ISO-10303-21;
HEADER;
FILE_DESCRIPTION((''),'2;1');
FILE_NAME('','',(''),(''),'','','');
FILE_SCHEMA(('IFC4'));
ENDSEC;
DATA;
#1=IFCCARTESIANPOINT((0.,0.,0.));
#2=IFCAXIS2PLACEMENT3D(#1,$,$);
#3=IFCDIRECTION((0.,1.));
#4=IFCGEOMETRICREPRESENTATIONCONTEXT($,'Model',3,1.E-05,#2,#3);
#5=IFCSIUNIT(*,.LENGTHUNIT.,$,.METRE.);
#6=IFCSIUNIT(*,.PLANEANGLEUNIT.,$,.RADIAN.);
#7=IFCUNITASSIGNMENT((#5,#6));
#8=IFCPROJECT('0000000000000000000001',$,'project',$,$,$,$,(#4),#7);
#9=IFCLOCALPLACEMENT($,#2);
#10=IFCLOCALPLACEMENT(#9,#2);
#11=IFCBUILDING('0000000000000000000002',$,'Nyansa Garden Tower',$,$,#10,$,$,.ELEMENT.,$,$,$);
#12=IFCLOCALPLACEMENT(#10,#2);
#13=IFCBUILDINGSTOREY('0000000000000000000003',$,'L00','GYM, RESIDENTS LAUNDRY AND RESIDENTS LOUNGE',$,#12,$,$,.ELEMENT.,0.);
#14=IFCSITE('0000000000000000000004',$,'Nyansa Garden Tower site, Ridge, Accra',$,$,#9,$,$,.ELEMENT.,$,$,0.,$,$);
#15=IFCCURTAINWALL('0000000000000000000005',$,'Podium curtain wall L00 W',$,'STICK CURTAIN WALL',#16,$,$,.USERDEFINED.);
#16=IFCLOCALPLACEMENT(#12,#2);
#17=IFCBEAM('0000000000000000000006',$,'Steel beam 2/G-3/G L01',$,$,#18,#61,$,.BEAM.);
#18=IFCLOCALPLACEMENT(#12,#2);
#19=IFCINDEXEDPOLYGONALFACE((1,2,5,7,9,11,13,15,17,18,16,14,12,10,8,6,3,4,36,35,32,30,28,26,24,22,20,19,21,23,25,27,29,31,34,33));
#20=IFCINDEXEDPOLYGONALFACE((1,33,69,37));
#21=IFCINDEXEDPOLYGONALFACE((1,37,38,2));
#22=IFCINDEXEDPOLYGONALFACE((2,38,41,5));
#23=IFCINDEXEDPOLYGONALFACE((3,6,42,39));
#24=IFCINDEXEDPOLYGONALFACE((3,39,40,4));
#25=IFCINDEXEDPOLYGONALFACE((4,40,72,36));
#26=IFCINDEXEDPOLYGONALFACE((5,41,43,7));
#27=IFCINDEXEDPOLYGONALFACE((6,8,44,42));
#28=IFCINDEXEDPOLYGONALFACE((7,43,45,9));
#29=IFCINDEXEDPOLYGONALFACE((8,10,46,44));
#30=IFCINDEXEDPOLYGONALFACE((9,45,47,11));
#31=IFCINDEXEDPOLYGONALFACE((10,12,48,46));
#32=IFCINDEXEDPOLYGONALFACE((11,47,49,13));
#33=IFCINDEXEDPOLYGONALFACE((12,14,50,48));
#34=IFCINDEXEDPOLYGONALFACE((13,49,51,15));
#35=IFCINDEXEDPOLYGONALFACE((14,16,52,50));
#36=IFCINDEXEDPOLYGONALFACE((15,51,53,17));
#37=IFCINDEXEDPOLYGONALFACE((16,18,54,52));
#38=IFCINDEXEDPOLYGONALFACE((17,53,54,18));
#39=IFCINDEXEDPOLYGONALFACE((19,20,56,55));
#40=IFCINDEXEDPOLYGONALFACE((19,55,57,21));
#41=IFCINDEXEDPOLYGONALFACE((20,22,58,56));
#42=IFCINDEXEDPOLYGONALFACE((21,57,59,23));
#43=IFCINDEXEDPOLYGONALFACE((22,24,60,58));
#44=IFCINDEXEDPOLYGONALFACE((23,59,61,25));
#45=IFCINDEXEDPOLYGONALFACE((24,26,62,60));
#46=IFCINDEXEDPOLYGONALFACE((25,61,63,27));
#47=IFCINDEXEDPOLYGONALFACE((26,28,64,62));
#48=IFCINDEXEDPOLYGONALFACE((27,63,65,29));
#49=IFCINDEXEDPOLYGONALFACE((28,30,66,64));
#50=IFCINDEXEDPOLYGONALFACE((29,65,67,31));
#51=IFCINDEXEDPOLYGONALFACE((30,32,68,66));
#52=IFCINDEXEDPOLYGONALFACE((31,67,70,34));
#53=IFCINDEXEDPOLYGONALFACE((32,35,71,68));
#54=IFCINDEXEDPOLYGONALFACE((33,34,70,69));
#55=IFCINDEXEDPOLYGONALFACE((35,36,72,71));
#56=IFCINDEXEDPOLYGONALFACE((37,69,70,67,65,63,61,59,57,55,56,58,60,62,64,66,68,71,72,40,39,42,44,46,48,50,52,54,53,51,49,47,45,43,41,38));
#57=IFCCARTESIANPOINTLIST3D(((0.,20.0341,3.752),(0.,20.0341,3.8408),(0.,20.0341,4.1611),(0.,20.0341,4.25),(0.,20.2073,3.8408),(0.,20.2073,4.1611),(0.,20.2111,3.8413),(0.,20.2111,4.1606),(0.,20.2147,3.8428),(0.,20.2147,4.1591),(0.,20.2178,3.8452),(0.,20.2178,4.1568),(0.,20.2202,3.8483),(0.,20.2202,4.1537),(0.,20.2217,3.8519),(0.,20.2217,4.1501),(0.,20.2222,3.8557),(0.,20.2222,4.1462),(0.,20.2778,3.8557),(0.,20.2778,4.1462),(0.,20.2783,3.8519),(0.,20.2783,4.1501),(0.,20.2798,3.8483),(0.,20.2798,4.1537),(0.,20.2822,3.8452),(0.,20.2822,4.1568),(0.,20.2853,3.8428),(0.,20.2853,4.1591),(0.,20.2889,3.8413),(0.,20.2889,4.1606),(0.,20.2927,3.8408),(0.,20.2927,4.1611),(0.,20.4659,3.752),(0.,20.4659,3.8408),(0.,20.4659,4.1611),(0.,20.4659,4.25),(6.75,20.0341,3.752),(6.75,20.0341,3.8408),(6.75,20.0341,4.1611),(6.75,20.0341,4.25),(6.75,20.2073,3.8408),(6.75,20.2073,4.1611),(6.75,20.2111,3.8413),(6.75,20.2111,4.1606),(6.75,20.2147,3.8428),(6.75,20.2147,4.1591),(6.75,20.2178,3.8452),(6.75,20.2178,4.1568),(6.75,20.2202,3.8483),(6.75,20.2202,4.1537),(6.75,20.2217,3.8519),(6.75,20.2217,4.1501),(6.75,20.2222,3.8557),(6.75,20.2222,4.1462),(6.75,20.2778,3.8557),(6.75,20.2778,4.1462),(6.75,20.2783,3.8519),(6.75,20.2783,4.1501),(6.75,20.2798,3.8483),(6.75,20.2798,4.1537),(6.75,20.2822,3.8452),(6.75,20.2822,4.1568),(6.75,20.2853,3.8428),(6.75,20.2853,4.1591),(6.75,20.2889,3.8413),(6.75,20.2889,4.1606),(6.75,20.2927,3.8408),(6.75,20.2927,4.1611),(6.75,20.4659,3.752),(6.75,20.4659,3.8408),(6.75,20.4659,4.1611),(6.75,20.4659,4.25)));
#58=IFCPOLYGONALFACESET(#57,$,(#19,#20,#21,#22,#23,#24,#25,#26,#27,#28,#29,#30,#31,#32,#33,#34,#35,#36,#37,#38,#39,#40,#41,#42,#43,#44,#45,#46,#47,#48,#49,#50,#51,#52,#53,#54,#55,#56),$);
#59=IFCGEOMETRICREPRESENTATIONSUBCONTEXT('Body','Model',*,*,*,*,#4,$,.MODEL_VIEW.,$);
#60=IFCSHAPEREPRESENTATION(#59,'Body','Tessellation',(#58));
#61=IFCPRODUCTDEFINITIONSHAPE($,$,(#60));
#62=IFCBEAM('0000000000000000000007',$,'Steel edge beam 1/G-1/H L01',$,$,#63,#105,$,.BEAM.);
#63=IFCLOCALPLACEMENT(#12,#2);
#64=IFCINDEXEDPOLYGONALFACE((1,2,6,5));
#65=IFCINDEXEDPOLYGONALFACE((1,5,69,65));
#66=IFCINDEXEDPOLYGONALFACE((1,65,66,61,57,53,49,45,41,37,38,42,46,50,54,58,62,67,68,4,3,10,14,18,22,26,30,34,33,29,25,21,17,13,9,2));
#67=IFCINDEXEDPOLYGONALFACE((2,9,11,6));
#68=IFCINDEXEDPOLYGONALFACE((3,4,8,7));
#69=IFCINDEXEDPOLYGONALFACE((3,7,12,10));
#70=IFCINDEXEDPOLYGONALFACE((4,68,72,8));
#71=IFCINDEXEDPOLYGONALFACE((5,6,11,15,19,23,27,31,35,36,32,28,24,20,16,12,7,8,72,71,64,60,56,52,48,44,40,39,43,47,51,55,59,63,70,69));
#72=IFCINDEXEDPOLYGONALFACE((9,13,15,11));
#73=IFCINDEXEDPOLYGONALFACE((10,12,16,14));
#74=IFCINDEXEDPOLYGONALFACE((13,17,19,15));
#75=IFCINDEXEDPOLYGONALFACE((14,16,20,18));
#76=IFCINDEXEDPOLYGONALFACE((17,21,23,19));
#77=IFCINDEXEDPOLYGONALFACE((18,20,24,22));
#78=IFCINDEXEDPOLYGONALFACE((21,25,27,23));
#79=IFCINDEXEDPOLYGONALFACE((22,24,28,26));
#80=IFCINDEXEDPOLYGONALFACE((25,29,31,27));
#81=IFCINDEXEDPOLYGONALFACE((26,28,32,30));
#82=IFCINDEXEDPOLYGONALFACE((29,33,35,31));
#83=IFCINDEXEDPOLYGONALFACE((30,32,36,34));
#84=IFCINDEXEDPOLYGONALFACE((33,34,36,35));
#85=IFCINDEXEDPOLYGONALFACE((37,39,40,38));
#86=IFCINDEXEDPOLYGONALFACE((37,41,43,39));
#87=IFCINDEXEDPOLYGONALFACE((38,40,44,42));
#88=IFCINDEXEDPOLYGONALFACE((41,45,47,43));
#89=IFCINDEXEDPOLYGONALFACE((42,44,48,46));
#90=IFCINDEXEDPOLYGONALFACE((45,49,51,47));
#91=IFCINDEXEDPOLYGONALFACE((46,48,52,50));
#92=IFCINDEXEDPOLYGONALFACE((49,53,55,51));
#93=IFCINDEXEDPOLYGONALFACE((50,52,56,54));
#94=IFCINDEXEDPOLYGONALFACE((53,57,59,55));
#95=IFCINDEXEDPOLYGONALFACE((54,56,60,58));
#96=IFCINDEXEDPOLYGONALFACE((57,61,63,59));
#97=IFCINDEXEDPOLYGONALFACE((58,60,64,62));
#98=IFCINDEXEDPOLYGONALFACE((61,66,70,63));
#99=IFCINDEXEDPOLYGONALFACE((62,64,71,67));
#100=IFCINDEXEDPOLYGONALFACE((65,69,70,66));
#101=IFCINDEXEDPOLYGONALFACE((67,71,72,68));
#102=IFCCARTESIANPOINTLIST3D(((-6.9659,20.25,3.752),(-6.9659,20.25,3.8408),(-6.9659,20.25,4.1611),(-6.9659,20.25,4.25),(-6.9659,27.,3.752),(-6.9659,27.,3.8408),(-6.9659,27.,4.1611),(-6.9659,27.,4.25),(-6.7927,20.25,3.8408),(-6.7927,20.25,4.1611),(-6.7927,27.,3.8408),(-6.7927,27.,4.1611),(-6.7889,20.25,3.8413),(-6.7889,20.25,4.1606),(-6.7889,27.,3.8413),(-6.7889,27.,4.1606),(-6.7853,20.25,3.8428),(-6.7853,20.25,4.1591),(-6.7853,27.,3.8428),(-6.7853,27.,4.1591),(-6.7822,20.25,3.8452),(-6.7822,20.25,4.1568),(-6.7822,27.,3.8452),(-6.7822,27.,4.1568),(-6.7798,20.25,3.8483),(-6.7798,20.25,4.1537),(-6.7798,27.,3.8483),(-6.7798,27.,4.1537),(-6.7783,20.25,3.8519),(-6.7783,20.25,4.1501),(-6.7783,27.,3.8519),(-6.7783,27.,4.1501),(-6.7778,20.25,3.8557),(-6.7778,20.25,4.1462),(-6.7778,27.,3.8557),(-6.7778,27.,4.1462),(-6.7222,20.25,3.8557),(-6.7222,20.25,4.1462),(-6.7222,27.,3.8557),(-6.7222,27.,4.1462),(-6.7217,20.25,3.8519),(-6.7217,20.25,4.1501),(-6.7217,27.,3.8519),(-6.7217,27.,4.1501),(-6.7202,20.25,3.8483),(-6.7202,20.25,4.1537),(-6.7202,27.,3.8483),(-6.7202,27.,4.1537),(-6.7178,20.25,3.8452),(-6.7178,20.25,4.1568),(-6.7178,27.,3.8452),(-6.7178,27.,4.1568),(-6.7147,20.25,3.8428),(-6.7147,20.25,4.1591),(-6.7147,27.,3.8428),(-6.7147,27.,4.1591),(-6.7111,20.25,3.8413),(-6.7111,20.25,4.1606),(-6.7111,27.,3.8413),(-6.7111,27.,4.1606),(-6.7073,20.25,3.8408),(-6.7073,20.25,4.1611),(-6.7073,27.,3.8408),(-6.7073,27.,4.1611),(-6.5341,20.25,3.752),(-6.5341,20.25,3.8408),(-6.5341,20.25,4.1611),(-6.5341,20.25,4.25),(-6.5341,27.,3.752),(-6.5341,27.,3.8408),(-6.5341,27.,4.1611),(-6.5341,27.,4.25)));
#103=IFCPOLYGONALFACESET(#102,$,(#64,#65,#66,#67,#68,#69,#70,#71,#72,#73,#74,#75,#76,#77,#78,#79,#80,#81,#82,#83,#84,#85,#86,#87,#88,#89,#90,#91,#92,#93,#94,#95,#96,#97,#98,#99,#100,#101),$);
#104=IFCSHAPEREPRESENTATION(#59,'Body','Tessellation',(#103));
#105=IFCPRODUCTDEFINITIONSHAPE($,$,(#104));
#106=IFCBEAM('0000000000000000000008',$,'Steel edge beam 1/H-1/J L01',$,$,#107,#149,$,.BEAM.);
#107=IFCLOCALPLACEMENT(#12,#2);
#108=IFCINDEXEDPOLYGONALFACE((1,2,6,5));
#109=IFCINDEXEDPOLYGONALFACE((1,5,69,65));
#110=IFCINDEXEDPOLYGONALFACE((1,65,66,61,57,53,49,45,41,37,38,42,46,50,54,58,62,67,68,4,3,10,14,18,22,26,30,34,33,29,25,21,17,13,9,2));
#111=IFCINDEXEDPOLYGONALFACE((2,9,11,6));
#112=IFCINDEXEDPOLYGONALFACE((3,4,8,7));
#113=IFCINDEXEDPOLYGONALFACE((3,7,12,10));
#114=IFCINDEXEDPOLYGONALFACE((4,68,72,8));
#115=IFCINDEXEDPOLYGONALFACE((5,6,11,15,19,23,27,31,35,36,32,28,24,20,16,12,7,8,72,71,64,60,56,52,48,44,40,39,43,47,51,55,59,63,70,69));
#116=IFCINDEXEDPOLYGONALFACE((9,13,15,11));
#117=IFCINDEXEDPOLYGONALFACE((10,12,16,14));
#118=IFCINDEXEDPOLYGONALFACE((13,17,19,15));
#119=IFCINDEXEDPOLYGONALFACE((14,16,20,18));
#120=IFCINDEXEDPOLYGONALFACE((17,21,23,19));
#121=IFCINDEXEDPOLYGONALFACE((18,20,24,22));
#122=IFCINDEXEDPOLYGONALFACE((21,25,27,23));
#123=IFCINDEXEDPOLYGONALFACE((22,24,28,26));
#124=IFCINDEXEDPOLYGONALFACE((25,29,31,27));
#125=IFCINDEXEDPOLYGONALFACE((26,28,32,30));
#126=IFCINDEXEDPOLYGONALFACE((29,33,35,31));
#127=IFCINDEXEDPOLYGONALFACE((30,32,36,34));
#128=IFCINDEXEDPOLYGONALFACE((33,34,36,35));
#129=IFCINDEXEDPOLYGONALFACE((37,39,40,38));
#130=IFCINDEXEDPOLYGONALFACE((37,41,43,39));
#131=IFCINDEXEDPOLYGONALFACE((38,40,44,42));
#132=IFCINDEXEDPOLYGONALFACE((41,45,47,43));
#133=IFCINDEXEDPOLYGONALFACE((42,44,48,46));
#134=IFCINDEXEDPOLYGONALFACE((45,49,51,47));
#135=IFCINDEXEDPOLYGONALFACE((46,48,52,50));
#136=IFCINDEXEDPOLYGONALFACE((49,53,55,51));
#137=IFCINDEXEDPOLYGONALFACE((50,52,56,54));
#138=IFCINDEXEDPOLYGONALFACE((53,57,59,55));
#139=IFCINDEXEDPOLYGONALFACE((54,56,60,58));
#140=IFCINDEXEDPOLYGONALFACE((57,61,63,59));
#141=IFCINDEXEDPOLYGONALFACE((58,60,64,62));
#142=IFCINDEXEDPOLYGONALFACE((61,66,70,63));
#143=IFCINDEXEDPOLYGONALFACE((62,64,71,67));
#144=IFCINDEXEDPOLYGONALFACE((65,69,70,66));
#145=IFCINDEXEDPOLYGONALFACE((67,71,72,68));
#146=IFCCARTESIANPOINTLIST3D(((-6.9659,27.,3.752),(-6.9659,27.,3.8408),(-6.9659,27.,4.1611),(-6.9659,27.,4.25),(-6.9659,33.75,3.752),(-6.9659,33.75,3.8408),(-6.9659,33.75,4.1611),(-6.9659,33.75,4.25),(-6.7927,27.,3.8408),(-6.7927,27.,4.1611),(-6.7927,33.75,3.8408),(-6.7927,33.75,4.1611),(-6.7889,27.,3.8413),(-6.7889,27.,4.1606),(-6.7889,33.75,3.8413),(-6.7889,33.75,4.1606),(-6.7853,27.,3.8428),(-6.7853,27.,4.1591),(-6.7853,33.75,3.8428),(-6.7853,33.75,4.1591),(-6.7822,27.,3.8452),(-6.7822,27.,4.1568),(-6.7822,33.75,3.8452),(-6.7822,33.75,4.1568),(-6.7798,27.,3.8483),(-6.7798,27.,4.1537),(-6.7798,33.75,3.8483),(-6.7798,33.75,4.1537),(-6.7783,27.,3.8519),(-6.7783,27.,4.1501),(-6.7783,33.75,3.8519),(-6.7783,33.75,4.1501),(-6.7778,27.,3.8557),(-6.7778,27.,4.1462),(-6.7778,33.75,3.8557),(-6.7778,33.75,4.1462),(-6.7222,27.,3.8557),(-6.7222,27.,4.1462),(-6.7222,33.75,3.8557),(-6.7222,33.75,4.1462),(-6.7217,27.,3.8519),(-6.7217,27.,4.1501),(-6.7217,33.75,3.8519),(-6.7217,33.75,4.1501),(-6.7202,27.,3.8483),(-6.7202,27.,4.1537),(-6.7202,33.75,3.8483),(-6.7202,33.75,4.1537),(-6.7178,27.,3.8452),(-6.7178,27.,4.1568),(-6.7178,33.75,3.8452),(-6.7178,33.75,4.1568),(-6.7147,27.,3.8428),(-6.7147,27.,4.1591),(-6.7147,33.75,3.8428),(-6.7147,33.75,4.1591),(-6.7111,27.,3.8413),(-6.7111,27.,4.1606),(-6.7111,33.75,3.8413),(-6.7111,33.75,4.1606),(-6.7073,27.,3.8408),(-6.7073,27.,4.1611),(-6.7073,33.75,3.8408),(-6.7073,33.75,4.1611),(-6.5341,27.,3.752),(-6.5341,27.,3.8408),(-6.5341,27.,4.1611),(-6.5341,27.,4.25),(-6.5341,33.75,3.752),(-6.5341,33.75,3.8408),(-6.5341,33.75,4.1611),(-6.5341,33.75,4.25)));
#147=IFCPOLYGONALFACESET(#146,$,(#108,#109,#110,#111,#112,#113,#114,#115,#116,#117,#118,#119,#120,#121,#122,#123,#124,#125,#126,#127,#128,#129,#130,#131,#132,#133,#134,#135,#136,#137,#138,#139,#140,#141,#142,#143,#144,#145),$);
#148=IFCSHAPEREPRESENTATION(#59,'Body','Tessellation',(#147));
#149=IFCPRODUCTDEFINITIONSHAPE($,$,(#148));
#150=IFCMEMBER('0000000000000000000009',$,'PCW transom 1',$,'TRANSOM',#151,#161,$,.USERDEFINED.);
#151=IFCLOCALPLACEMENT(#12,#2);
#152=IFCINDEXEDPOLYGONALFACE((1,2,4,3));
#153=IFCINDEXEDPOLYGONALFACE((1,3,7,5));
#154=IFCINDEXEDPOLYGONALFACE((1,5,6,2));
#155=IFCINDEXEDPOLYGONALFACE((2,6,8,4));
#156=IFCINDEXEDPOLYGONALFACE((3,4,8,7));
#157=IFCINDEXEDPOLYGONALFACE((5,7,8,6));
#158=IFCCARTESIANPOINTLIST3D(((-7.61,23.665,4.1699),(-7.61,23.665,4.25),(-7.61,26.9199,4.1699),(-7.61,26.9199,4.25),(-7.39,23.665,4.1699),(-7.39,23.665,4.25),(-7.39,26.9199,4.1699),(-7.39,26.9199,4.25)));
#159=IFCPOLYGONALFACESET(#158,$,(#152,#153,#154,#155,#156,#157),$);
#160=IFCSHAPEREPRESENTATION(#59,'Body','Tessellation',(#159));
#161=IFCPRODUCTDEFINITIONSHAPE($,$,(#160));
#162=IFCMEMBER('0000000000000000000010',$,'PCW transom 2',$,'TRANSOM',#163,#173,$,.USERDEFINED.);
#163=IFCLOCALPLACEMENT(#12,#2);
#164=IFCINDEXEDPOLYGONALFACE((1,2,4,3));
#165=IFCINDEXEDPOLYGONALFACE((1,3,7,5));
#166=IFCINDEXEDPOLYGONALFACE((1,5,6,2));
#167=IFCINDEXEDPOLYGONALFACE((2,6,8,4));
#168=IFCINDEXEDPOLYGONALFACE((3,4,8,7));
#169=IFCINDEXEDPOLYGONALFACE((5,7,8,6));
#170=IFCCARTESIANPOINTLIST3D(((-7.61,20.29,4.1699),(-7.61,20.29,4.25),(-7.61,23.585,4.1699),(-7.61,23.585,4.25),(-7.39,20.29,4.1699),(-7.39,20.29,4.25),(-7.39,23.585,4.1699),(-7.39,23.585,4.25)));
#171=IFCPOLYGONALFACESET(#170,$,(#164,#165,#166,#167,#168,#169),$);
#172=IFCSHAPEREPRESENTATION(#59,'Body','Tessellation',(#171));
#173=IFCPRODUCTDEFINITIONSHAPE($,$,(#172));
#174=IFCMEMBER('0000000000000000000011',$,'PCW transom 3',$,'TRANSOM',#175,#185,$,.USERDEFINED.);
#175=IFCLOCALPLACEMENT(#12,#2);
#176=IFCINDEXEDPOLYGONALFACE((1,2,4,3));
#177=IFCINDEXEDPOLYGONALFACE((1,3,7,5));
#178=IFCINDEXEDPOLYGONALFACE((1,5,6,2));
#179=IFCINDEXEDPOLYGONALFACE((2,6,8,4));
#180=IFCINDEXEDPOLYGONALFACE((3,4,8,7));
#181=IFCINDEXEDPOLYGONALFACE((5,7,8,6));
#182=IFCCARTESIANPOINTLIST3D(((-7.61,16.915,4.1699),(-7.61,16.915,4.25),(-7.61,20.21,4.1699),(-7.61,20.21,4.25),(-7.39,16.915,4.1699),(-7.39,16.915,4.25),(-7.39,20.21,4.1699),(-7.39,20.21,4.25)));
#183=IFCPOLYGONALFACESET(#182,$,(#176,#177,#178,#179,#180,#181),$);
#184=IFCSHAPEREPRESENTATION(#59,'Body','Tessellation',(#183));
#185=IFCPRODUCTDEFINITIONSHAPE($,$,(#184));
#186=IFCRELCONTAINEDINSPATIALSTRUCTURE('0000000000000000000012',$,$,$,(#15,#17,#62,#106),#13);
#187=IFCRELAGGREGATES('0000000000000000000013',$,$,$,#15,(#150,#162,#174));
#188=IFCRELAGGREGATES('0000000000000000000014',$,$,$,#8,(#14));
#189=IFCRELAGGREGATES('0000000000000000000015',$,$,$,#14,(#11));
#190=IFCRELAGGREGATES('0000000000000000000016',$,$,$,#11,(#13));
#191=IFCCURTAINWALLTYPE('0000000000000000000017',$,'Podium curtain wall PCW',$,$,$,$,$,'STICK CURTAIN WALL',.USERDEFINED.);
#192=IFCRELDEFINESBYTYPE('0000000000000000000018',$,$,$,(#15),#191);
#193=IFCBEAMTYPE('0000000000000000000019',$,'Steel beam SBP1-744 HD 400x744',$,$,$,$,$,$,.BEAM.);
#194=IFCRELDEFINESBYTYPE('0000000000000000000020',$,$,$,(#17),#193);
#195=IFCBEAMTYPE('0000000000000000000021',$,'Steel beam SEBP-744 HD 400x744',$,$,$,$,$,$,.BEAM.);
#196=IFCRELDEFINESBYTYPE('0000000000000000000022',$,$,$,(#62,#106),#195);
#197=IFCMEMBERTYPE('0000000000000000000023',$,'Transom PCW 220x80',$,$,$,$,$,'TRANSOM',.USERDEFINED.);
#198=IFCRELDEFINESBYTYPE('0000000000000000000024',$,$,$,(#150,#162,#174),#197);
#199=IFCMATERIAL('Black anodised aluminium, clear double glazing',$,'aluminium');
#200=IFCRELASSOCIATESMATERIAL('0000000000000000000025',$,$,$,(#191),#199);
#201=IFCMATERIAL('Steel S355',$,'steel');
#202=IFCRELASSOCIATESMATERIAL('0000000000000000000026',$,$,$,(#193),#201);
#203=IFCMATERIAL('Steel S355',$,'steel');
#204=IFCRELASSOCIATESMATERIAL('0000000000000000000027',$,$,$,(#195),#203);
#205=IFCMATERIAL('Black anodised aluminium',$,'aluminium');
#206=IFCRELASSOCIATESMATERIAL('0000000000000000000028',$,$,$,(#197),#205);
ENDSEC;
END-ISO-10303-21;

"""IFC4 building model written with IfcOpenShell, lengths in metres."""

from ifc_helpers import new_model, si_unit, direction, frame, origin, origin_2d, place, context, subcontext, project, spatial, rectangle, i_section, extrude, material, material_profile, profile_set, type_object, element, aggregate, save


model = new_model("IFC4")

# Units and contexts
model_context = context("Model", 3, precision=1e-05, world=origin(), true_north=direction((0.0, 1.0)))
body_context = subcontext(model_context, "Body", "Model", "MODEL_VIEW")
ifc_project = project(units=[si_unit("LENGTHUNIT", "METRE"), si_unit("PLANEANGLEUNIT", "RADIAN")], contexts=[model_context])

# Site, building, storey
site_placement = place(None, origin())
site = spatial("IfcSite", under=ifc_project, at=site_placement, Name="Nyansa Garden Tower site, Ridge, Accra", CompositionType="ELEMENT", RefElevation=0.0)
building_placement = place(site_placement, origin())
building = spatial("IfcBuilding", under=site, at=building_placement, Name="Nyansa Garden Tower", CompositionType="ELEMENT")
storey_placement = place(building_placement, origin())
storey = spatial("IfcBuildingStorey", under=building, at=storey_placement, Name="L00", Description="GYM, RESIDENTS LAUNDRY AND RESIDENTS LOUNGE", CompositionType="ELEMENT", Elevation=0.0)

# Curtain wall
ifc_material_1 = material(Name="Black anodised aluminium, clear double glazing", Category="aluminium")
curtain_wall_type = type_object("IfcCurtainWallType", Name="Podium curtain wall PCW", ElementType="STICK CURTAIN WALL", PredefinedType="USERDEFINED", material=ifc_material_1)
curtain_wall_placement = place(storey_placement, origin())
curtain_wall = element("IfcCurtainWall", 1, at=curtain_wall_placement, inside=storey, type_object=curtain_wall_type, Name="Podium curtain wall L00 W", ObjectType="STICK CURTAIN WALL", PredefinedType="USERDEFINED")

# Beams
ifc_material_2 = material(Name="Steel S355", Category="steel")
ifc_material_profile_1 = material_profile(ifc_material_2, i_section(OverallWidth=0.4319, OverallDepth=0.498, WebThickness=0.0557, FlangeThickness=0.0889, FilletRadius=0.0149, at=origin_2d()), Name="HD 400x744")
ifc_profile_set_1 = profile_set([ifc_material_profile_1], Name="Steel S355")
beam_type_1 = type_object("IfcBeamType", Name="Steel beam SBP1-744 HD 400x744", PredefinedType="BEAM", material=ifc_profile_set_1)
for number, where, z_axis, x_axis, name in (
    (2, (0.0, 20.25, 4.001), (1.0, 0.0, 0.0), (0.0, 1.0, 0.0), "Steel beam 2/G-3/G L01"),
):
    element("IfcBeam", number, at=place(storey_placement, frame(where, z_axis=z_axis, x_axis=x_axis)), inside=storey, type_object=beam_type_1, Name=name, PredefinedType="BEAM", context=body_context, shape_type="SweptSolid", body=[
        extrude(i_section(OverallWidth=0.4319, OverallDepth=0.498, WebThickness=0.0557, FlangeThickness=0.0889, FilletRadius=0.0149, at=origin_2d()), origin(), (0.0, 0.0, 1.0), 6.75),
    ])
ifc_material_3 = material(Name="Steel S355", Category="steel")
ifc_material_profile_2 = material_profile(ifc_material_3, i_section(OverallWidth=0.4319, OverallDepth=0.498, WebThickness=0.0557, FlangeThickness=0.0889, FilletRadius=0.0149, at=origin_2d()), Name="HD 400x744")
ifc_profile_set_2 = profile_set([ifc_material_profile_2], Name="Steel S355")
beam_type_2 = type_object("IfcBeamType", Name="Steel beam SEBP-744 HD 400x744", PredefinedType="BEAM", material=ifc_profile_set_2)
for number, where, z_axis, x_axis, name in (
    (3, (-6.75, 20.25, 4.001), (0.0, 1.0, 0.0), (-1.0, 0.0, 0.0), "Steel edge beam 1/G-1/H L01"),
    (4, (-6.75, 27.0, 4.001), (0.0, 1.0, 0.0), (-1.0, 0.0, 0.0), "Steel edge beam 1/H-1/J L01"),
):
    element("IfcBeam", number, at=place(storey_placement, frame(where, z_axis=z_axis, x_axis=x_axis)), inside=storey, type_object=beam_type_2, Name=name, PredefinedType="BEAM", context=body_context, shape_type="SweptSolid", body=[
        extrude(i_section(OverallWidth=0.4319, OverallDepth=0.498, WebThickness=0.0557, FlangeThickness=0.0889, FilletRadius=0.0149, at=origin_2d()), origin(), (0.0, 0.0, 1.0), 6.75),
    ])

# Members
ifc_material_4 = material(Name="Black anodised aluminium", Category="aluminium")
ifc_material_profile_3 = material_profile(ifc_material_4, rectangle(XDim=0.22, YDim=0.0801, at=origin_2d()), Name="Transom 220x80")
ifc_profile_set_3 = profile_set([ifc_material_profile_3], Name="Black anodised aluminium")
member_type_1 = type_object("IfcMemberType", Name="Transom PCW 220x80", ElementType="TRANSOM", PredefinedType="USERDEFINED", material=ifc_profile_set_3)
member_1_placement = place(storey_placement, frame((-7.5, 26.9199, 4.21), z_axis=(0.0, -1.0, 0.0), x_axis=(1.0, 0.0, 0.0)))
member_1 = element("IfcMember", 5, at=member_1_placement, type_object=member_type_1, Name="PCW transom 1", ObjectType="TRANSOM", PredefinedType="USERDEFINED", context=body_context, shape_type="SweptSolid", body=[
    extrude(rectangle(XDim=0.22, YDim=0.0801, at=origin_2d()), origin(), (0.0, 0.0, 1.0), 3.2549),
])
member_2_placement = place(storey_placement, frame((-7.5, 23.585, 4.21), z_axis=(0.0, -1.0, 0.0), x_axis=(1.0, 0.0, 0.0)))
member_2 = element("IfcMember", 6, at=member_2_placement, type_object=member_type_1, Name="PCW transom 2", ObjectType="TRANSOM", PredefinedType="USERDEFINED", context=body_context, shape_type="SweptSolid", body=[
    extrude(rectangle(XDim=0.22, YDim=0.0801, at=origin_2d()), origin(), (0.0, 0.0, 1.0), 3.2949),
])
member_3_placement = place(storey_placement, frame((-7.5, 20.21, 4.21), z_axis=(0.0, -1.0, 0.0), x_axis=(1.0, 0.0, 0.0)))
member_3 = element("IfcMember", 7, at=member_3_placement, type_object=member_type_1, Name="PCW transom 3", ObjectType="TRANSOM", PredefinedType="USERDEFINED", context=body_context, shape_type="SweptSolid", body=[
    extrude(rectangle(XDim=0.22, YDim=0.0801, at=origin_2d()), origin(), (0.0, 0.0, 1.0), 3.2949),
])

aggregate(curtain_wall, [member_1, member_2, member_3])

save(model, "model.ifc")
